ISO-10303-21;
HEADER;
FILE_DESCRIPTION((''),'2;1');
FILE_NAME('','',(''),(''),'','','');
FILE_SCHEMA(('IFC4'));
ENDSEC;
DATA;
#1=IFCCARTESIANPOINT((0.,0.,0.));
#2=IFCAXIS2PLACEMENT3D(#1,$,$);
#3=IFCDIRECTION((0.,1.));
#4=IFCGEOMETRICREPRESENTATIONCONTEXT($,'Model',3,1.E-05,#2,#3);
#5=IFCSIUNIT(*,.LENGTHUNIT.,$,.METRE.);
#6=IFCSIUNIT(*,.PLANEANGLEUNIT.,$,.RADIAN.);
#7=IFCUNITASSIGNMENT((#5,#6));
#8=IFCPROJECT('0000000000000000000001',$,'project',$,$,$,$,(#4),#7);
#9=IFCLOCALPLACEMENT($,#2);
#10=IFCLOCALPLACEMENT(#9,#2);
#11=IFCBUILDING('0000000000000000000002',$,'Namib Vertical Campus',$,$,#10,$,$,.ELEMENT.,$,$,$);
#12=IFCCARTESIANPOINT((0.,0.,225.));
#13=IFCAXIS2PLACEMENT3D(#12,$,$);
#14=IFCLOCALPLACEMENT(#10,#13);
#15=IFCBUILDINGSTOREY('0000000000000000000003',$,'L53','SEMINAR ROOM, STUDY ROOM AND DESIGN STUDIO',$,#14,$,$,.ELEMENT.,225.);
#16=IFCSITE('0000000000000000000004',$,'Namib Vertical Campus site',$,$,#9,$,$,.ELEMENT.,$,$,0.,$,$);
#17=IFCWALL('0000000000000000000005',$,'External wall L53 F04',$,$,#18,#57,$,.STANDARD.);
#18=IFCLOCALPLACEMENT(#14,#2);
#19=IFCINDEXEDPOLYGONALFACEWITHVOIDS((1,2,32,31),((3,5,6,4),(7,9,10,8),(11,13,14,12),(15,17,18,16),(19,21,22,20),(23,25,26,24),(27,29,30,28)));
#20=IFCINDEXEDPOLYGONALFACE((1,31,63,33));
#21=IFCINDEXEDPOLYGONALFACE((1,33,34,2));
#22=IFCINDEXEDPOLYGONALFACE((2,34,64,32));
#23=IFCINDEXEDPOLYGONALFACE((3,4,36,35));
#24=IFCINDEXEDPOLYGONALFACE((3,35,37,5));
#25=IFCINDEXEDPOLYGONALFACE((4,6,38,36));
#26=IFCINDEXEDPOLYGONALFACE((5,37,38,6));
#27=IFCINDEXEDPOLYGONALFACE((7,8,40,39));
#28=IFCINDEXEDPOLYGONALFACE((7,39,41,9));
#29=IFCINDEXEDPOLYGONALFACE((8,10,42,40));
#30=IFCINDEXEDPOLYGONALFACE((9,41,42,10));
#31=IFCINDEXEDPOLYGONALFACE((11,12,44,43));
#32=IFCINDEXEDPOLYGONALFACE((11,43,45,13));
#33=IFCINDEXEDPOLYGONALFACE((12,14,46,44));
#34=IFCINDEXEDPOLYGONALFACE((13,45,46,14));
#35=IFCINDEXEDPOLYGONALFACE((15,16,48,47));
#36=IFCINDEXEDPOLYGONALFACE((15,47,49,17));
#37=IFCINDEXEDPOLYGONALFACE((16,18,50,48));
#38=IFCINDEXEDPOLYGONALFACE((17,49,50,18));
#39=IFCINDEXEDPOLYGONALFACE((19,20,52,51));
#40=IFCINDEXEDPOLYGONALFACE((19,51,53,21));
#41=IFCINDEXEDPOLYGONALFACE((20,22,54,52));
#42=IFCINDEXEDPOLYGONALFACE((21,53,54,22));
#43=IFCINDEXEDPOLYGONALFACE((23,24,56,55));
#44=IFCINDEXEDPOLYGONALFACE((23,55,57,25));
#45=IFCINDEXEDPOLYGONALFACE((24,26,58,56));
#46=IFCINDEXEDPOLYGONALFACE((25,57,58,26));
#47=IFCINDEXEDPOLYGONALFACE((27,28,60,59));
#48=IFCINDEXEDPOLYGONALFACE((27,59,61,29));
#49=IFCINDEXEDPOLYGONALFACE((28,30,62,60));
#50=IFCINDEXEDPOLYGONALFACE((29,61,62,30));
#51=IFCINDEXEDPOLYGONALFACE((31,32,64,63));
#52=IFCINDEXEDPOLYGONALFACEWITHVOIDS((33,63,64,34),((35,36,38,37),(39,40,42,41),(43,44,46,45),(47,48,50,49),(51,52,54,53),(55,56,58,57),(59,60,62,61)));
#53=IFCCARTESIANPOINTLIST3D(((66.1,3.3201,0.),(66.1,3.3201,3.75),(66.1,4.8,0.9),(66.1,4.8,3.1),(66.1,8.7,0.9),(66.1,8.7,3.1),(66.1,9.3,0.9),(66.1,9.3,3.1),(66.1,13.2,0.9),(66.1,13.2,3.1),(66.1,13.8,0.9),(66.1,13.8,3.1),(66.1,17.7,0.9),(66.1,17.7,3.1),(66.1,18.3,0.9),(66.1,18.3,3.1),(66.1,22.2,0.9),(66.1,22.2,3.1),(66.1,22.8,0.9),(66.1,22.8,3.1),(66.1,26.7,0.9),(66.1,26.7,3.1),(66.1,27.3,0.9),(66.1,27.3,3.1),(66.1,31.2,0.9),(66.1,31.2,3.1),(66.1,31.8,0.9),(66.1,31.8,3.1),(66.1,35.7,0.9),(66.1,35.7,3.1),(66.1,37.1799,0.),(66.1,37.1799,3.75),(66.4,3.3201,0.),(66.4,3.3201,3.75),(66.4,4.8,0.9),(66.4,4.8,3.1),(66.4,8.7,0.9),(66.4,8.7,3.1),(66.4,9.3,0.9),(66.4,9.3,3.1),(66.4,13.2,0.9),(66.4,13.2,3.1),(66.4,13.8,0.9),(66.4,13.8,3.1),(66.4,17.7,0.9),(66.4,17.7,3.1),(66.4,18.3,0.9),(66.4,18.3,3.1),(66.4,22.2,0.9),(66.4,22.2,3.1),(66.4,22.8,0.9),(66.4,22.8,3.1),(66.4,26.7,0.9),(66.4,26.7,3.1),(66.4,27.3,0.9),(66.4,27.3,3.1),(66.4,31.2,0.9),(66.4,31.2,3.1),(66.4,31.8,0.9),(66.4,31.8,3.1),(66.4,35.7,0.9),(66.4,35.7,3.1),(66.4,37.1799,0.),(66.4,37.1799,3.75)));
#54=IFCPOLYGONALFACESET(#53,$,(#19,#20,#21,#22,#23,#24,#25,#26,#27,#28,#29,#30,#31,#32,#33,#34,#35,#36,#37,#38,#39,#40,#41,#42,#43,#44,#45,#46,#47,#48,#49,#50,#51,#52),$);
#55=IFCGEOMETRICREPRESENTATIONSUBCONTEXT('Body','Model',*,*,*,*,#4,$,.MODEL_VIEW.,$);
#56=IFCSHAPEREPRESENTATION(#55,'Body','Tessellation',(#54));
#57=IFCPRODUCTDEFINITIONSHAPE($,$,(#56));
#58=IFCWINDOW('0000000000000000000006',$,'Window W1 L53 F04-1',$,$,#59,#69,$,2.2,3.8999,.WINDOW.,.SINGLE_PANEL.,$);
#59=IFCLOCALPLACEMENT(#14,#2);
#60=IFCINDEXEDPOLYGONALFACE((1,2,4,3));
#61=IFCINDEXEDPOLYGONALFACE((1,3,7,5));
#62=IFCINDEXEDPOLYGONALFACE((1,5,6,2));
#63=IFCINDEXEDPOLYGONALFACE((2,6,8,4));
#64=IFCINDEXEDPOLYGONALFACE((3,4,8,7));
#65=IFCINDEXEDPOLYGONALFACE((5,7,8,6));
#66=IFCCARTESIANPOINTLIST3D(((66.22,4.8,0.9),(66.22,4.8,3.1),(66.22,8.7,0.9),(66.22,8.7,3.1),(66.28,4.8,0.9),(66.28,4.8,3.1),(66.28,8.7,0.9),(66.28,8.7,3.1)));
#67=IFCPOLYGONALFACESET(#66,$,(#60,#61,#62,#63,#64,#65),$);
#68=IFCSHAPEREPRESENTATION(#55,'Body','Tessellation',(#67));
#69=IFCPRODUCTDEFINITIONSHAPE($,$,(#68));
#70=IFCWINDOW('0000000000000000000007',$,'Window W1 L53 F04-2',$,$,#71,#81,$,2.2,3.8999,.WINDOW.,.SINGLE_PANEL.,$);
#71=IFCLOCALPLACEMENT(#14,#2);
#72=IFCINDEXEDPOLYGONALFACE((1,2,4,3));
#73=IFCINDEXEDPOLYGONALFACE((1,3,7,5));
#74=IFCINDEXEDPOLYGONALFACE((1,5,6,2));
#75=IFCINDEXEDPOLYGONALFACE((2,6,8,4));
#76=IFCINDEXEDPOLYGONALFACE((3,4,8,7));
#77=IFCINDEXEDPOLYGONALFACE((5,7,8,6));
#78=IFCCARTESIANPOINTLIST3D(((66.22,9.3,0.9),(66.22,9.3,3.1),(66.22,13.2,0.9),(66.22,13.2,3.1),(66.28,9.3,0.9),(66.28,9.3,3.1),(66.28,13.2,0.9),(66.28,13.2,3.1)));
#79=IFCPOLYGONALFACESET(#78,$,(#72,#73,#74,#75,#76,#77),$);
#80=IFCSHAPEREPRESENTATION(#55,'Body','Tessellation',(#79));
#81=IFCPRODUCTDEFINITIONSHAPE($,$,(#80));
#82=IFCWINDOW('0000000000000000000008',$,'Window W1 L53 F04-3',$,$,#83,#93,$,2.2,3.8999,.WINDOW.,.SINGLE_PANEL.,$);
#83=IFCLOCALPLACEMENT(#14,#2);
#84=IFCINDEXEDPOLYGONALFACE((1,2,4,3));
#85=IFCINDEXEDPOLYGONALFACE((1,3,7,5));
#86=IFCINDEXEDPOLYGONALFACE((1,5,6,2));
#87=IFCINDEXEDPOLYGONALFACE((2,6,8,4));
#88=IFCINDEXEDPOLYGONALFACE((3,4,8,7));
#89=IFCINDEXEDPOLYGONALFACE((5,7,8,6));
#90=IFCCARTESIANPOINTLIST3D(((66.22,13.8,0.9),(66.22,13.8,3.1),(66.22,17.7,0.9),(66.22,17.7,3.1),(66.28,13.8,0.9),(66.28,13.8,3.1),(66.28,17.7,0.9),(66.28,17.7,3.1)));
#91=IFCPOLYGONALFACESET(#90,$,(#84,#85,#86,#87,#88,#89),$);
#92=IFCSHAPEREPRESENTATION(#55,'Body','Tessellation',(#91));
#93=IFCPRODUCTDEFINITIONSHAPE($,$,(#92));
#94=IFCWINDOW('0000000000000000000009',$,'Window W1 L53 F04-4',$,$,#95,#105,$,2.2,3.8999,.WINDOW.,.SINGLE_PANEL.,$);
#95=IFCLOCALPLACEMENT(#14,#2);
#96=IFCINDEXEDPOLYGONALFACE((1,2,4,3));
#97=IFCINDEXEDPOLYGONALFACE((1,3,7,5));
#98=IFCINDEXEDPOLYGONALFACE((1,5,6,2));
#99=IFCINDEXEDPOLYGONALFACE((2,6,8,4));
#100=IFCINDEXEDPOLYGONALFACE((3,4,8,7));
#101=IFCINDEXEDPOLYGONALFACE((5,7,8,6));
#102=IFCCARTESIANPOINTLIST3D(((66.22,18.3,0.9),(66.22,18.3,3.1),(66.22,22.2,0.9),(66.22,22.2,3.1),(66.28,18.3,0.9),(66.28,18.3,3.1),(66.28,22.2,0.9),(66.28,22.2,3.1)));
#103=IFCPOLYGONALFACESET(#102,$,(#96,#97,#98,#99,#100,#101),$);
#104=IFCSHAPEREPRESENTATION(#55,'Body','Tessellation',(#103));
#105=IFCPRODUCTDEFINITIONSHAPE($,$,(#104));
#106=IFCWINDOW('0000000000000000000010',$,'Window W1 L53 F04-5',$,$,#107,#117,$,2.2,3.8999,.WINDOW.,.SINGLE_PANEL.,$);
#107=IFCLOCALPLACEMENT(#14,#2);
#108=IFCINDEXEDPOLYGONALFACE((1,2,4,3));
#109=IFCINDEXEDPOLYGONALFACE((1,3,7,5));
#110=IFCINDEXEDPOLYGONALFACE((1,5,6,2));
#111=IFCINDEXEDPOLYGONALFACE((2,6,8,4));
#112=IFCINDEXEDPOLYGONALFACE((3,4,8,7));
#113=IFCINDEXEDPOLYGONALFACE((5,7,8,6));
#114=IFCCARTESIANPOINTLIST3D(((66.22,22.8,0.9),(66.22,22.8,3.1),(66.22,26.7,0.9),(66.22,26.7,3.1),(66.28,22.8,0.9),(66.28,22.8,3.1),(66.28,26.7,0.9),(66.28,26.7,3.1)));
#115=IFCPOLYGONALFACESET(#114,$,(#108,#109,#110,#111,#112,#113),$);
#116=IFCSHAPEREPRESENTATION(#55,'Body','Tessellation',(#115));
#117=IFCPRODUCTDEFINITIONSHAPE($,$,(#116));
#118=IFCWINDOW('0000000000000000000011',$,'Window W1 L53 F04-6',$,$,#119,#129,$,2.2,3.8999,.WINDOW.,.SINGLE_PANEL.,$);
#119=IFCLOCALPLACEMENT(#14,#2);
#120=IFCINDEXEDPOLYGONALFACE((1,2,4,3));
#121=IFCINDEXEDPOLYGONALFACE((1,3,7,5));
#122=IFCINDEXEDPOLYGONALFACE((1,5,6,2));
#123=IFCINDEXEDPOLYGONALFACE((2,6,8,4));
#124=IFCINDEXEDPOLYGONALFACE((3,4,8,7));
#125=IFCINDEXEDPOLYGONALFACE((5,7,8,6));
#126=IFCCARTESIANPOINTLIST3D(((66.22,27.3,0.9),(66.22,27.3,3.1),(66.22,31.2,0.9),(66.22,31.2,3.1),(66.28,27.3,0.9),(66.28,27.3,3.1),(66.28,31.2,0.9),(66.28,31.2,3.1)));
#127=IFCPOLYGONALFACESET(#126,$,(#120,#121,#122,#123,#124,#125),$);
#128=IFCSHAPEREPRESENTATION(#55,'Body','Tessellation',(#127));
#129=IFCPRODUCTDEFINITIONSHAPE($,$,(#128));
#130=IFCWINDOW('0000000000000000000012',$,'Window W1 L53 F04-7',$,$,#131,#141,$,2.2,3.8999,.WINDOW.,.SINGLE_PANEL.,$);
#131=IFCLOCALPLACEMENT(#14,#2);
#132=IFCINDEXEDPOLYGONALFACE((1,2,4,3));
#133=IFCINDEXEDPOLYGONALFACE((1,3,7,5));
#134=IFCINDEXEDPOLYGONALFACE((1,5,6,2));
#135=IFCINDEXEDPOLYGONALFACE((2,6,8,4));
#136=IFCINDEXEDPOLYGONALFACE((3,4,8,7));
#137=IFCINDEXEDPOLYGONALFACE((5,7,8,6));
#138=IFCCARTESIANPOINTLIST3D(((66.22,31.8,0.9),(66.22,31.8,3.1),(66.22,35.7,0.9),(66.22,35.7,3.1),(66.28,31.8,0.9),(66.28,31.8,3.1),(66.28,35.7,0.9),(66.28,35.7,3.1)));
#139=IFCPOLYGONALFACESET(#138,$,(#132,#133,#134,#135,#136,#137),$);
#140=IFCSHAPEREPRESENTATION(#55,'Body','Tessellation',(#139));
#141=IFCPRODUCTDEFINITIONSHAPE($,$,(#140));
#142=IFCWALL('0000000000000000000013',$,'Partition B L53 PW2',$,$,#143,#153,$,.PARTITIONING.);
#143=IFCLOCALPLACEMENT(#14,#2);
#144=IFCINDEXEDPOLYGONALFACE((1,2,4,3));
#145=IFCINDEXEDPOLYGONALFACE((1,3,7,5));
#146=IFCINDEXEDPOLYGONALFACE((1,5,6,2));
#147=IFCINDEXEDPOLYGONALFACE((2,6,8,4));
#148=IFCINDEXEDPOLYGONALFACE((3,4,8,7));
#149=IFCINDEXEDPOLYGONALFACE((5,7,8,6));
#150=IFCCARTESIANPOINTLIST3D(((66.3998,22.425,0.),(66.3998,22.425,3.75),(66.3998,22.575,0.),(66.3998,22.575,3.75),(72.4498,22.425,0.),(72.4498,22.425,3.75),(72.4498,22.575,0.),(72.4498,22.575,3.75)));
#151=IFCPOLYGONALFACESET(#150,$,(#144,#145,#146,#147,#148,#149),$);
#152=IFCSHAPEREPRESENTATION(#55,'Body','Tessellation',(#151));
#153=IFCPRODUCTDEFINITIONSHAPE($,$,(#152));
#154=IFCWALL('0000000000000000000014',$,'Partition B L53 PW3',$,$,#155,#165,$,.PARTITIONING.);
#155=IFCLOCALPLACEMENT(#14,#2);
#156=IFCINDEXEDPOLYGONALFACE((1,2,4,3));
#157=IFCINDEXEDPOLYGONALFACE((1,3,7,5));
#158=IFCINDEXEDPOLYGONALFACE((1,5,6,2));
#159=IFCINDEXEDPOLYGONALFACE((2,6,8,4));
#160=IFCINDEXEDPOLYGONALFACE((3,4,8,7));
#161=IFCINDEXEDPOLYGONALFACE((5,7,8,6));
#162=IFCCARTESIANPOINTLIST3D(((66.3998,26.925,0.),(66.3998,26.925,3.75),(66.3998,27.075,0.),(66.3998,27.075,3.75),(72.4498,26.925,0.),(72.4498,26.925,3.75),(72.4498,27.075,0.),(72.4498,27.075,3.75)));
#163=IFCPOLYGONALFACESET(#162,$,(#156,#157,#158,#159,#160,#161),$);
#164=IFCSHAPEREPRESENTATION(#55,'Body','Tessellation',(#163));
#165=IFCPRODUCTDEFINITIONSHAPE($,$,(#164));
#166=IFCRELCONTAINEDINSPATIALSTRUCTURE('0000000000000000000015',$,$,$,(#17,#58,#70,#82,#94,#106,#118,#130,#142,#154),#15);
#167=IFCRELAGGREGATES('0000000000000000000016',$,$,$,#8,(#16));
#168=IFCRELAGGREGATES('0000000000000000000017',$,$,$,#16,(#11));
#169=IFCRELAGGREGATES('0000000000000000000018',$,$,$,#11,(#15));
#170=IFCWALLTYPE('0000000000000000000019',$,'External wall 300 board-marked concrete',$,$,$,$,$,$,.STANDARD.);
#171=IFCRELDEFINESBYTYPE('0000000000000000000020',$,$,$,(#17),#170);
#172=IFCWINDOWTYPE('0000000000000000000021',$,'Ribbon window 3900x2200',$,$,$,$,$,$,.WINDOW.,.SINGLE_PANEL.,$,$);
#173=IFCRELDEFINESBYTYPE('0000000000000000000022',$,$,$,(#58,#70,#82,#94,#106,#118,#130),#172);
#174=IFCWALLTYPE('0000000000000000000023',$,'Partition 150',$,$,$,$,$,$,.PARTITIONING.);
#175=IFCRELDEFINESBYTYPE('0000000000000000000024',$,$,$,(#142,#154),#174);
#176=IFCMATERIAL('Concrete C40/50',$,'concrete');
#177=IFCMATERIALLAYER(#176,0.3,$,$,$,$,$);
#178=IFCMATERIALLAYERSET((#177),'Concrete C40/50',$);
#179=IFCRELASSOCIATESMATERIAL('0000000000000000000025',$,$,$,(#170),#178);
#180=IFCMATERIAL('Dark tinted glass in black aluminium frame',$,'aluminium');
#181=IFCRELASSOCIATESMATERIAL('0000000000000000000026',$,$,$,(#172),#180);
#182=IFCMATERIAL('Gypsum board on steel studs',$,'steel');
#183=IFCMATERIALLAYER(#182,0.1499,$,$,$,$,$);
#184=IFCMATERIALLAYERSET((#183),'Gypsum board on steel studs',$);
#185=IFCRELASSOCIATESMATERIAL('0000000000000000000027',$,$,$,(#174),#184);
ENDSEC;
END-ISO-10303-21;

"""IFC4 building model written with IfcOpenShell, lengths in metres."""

from ifc_helpers import new_model, si_unit, direction, frame, frame_2d, origin, place, context, subcontext, project, spatial, rectangle, extrude, material, layer, layer_set, type_object, element, fill, save


model = new_model("IFC4")

# Units and contexts
model_context = context("Model", 3, precision=1e-05, world=origin(), true_north=direction((0.0, 1.0)))
body_context = subcontext(model_context, "Body", "Model", "MODEL_VIEW")
ifc_project = project(units=[si_unit("LENGTHUNIT", "METRE"), si_unit("PLANEANGLEUNIT", "RADIAN")], contexts=[model_context])

# Site, building, storey
site_placement = place(None, origin())
site = spatial("IfcSite", under=ifc_project, at=site_placement, Name="Namib Vertical Campus site", CompositionType="ELEMENT", RefElevation=0.0)
building_placement = place(site_placement, origin())
building = spatial("IfcBuilding", under=site, at=building_placement, Name="Namib Vertical Campus", CompositionType="ELEMENT")
storey_placement = place(building_placement, frame((0.0, 0.0, 225.0)))
storey = spatial("IfcBuildingStorey", under=building, at=storey_placement, Name="L53", Description="SEMINAR ROOM, STUDY ROOM AND DESIGN STUDIO", CompositionType="ELEMENT", Elevation=225.0)

# Shared definitions
ifc_material_1 = material(Name="Concrete C40/50", Category="concrete")
ifc_layer_1 = layer(ifc_material_1, 0.3)
ifc_layer_set_1 = layer_set([ifc_layer_1], Name="Concrete C40/50")
wall_type_1 = type_object("IfcWallType", Name="External wall 300 board-marked concrete", PredefinedType="STANDARD", material=ifc_layer_set_1)

# Wall, openings, windows
wall_1_placement = place(storey_placement, frame((66.25, 37.1799, 0.0), z_axis=(0.0, 0.0, 1.0), x_axis=(0.0, -1.0, 0.0)))
wall_1 = element("IfcWall", 1, at=wall_1_placement, inside=storey, type_object=wall_type_1, Name="External wall L53 F04", PredefinedType="STANDARD", context=body_context, shape_type="SweptSolid", body=[
    extrude(rectangle(XDim=33.8599, YDim=0.3, at=frame_2d((16.9299, 0.0))), origin(), (0.0, 0.0, 1.0), 3.75),
])
opening_1_placement = place(wall_1_placement, frame((28.48, 0.0, 0.8999)))
opening_1 = element("IfcOpeningElement", 2, at=opening_1_placement, cuts=wall_1, PredefinedType="OPENING", context=body_context, shape_type="SweptSolid", body=[
    extrude(rectangle(XDim=3.8999, YDim=2.2, at=frame_2d((1.95, 1.1001))), frame((0.0, 0.1599, 0.0), z_axis=(0.0, -1.0, 0.0), x_axis=(1.0, 0.0, 0.0)), (0.0, 0.0, 1.0), 0.3201),
])
opening_2_placement = place(wall_1_placement, frame((23.98, 0.0, 0.8999)))
opening_2 = element("IfcOpeningElement", 3, at=opening_2_placement, cuts=wall_1, PredefinedType="OPENING", context=body_context, shape_type="SweptSolid", body=[
    extrude(rectangle(XDim=3.8999, YDim=2.2, at=frame_2d((1.95, 1.1001))), frame((0.0, 0.1599, 0.0), z_axis=(0.0, -1.0, 0.0), x_axis=(1.0, 0.0, 0.0)), (0.0, 0.0, 1.0), 0.3201),
])
opening_3_placement = place(wall_1_placement, frame((19.48, 0.0, 0.8999)))
opening_3 = element("IfcOpeningElement", 4, at=opening_3_placement, cuts=wall_1, PredefinedType="OPENING", context=body_context, shape_type="SweptSolid", body=[
    extrude(rectangle(XDim=3.8999, YDim=2.2, at=frame_2d((1.95, 1.1001))), frame((0.0, 0.1599, 0.0), z_axis=(0.0, -1.0, 0.0), x_axis=(1.0, 0.0, 0.0)), (0.0, 0.0, 1.0), 0.3201),
])
opening_4_placement = place(wall_1_placement, frame((14.98, 0.0, 0.8999)))
opening_4 = element("IfcOpeningElement", 5, at=opening_4_placement, cuts=wall_1, PredefinedType="OPENING", context=body_context, shape_type="SweptSolid", body=[
    extrude(rectangle(XDim=3.8999, YDim=2.2, at=frame_2d((1.95, 1.1001))), frame((0.0, 0.1599, 0.0), z_axis=(0.0, -1.0, 0.0), x_axis=(1.0, 0.0, 0.0)), (0.0, 0.0, 1.0), 0.3201),
])
opening_5_placement = place(wall_1_placement, frame((10.48, 0.0, 0.8999)))
opening_5 = element("IfcOpeningElement", 6, at=opening_5_placement, cuts=wall_1, PredefinedType="OPENING", context=body_context, shape_type="SweptSolid", body=[
    extrude(rectangle(XDim=3.8999, YDim=2.2, at=frame_2d((1.95, 1.1001))), frame((0.0, 0.1599, 0.0), z_axis=(0.0, -1.0, 0.0), x_axis=(1.0, 0.0, 0.0)), (0.0, 0.0, 1.0), 0.3201),
])
opening_6_placement = place(wall_1_placement, frame((5.98, 0.0, 0.8999)))
opening_6 = element("IfcOpeningElement", 7, at=opening_6_placement, cuts=wall_1, PredefinedType="OPENING", context=body_context, shape_type="SweptSolid", body=[
    extrude(rectangle(XDim=3.8999, YDim=2.2, at=frame_2d((1.95, 1.1001))), frame((0.0, 0.1599, 0.0), z_axis=(0.0, -1.0, 0.0), x_axis=(1.0, 0.0, 0.0)), (0.0, 0.0, 1.0), 0.3201),
])
opening_7_placement = place(wall_1_placement, frame((1.48, 0.0, 0.8999)))
opening_7 = element("IfcOpeningElement", 8, at=opening_7_placement, cuts=wall_1, PredefinedType="OPENING", context=body_context, shape_type="SweptSolid", body=[
    extrude(rectangle(XDim=3.8999, YDim=2.2, at=frame_2d((1.95, 1.1001))), frame((0.0, 0.1599, 0.0), z_axis=(0.0, -1.0, 0.0), x_axis=(1.0, 0.0, 0.0)), (0.0, 0.0, 1.0), 0.3201),
])
ifc_material_2 = material(Name="Dark tinted glass in black aluminium frame", Category="aluminium")
window_type = type_object("IfcWindowType", Name="Ribbon window 3900x2200", PartitioningType="SINGLE_PANEL", PredefinedType="WINDOW", material=ifc_material_2)
window_1_placement = place(opening_1_placement, origin())
window_1 = element("IfcWindow", 9, at=window_1_placement, inside=storey, type_object=window_type, Name="Window W1 L53 F04-1", OverallHeight=2.2, OverallWidth=3.8999, PartitioningType="SINGLE_PANEL", PredefinedType="WINDOW", context=body_context, shape_type="SweptSolid", body=[
    extrude(rectangle(XDim=3.8999, YDim=2.2, at=frame_2d((1.95, 1.1001))), frame((0.0, 0.03, 0.0), z_axis=(0.0, -1.0, 0.0), x_axis=(1.0, 0.0, 0.0)), (0.0, 0.0, 1.0), 0.0601),
])
fill(opening_1, window_1)
window_2_placement = place(opening_2_placement, origin())
window_2 = element("IfcWindow", 10, at=window_2_placement, inside=storey, type_object=window_type, Name="Window W1 L53 F04-2", OverallHeight=2.2, OverallWidth=3.8999, PartitioningType="SINGLE_PANEL", PredefinedType="WINDOW", context=body_context, shape_type="SweptSolid", body=[
    extrude(rectangle(XDim=3.8999, YDim=2.2, at=frame_2d((1.95, 1.1001))), frame((0.0, 0.03, 0.0), z_axis=(0.0, -1.0, 0.0), x_axis=(1.0, 0.0, 0.0)), (0.0, 0.0, 1.0), 0.0601),
])
fill(opening_2, window_2)
window_3_placement = place(opening_3_placement, origin())
window_3 = element("IfcWindow", 11, at=window_3_placement, inside=storey, type_object=window_type, Name="Window W1 L53 F04-3", OverallHeight=2.2, OverallWidth=3.8999, PartitioningType="SINGLE_PANEL", PredefinedType="WINDOW", context=body_context, shape_type="SweptSolid", body=[
    extrude(rectangle(XDim=3.8999, YDim=2.2, at=frame_2d((1.95, 1.1001))), frame((0.0, 0.03, 0.0), z_axis=(0.0, -1.0, 0.0), x_axis=(1.0, 0.0, 0.0)), (0.0, 0.0, 1.0), 0.0601),
])
fill(opening_3, window_3)
window_4_placement = place(opening_4_placement, origin())
window_4 = element("IfcWindow", 12, at=window_4_placement, inside=storey, type_object=window_type, Name="Window W1 L53 F04-4", OverallHeight=2.2, OverallWidth=3.8999, PartitioningType="SINGLE_PANEL", PredefinedType="WINDOW", context=body_context, shape_type="SweptSolid", body=[
    extrude(rectangle(XDim=3.8999, YDim=2.2, at=frame_2d((1.95, 1.1001))), frame((0.0, 0.03, 0.0), z_axis=(0.0, -1.0, 0.0), x_axis=(1.0, 0.0, 0.0)), (0.0, 0.0, 1.0), 0.0601),
])
fill(opening_4, window_4)
window_5_placement = place(opening_5_placement, origin())
window_5 = element("IfcWindow", 13, at=window_5_placement, inside=storey, type_object=window_type, Name="Window W1 L53 F04-5", OverallHeight=2.2, OverallWidth=3.8999, PartitioningType="SINGLE_PANEL", PredefinedType="WINDOW", context=body_context, shape_type="SweptSolid", body=[
    extrude(rectangle(XDim=3.8999, YDim=2.2, at=frame_2d((1.95, 1.1001))), frame((0.0, 0.03, 0.0), z_axis=(0.0, -1.0, 0.0), x_axis=(1.0, 0.0, 0.0)), (0.0, 0.0, 1.0), 0.0601),
])
fill(opening_5, window_5)
window_6_placement = place(opening_6_placement, origin())
window_6 = element("IfcWindow", 14, at=window_6_placement, inside=storey, type_object=window_type, Name="Window W1 L53 F04-6", OverallHeight=2.2, OverallWidth=3.8999, PartitioningType="SINGLE_PANEL", PredefinedType="WINDOW", context=body_context, shape_type="SweptSolid", body=[
    extrude(rectangle(XDim=3.8999, YDim=2.2, at=frame_2d((1.95, 1.1001))), frame((0.0, 0.03, 0.0), z_axis=(0.0, -1.0, 0.0), x_axis=(1.0, 0.0, 0.0)), (0.0, 0.0, 1.0), 0.0601),
])
fill(opening_6, window_6)
window_7_placement = place(opening_7_placement, origin())
window_7 = element("IfcWindow", 15, at=window_7_placement, inside=storey, type_object=window_type, Name="Window W1 L53 F04-7", OverallHeight=2.2, OverallWidth=3.8999, PartitioningType="SINGLE_PANEL", PredefinedType="WINDOW", context=body_context, shape_type="SweptSolid", body=[
    extrude(rectangle(XDim=3.8999, YDim=2.2, at=frame_2d((1.95, 1.1001))), frame((0.0, 0.03, 0.0), z_axis=(0.0, -1.0, 0.0), x_axis=(1.0, 0.0, 0.0)), (0.0, 0.0, 1.0), 0.0601),
])
fill(opening_7, window_7)

# Walls
ifc_material_3 = material(Name="Gypsum board on steel studs", Category="steel")
ifc_layer_2 = layer(ifc_material_3, 0.1499)
ifc_layer_set_2 = layer_set([ifc_layer_2], Name="Gypsum board on steel studs")
wall_type_2 = type_object("IfcWallType", Name="Partition 150", PredefinedType="PARTITIONING", material=ifc_layer_set_2)
for number, where, z_axis, x_axis, name in (
    (16, (66.3999, 22.5, 0.0), (0.0, 0.0, 1.0), (1.0, 0.0, 0.0), "Partition B L53 PW2"),
    (17, (66.3999, 27.0, 0.0), (0.0, 0.0, 1.0), (1.0, 0.0, 0.0), "Partition B L53 PW3"),
):
    element("IfcWall", number, at=place(storey_placement, frame(where, z_axis=z_axis, x_axis=x_axis)), inside=storey, type_object=wall_type_2, Name=name, PredefinedType="PARTITIONING", context=body_context, shape_type="SweptSolid", body=[
        extrude(rectangle(XDim=6.05, YDim=0.1499, at=frame_2d((3.0249, 0.0))), origin(), (0.0, 0.0, 1.0), 3.75),
    ])

save(model, "model.ifc")
